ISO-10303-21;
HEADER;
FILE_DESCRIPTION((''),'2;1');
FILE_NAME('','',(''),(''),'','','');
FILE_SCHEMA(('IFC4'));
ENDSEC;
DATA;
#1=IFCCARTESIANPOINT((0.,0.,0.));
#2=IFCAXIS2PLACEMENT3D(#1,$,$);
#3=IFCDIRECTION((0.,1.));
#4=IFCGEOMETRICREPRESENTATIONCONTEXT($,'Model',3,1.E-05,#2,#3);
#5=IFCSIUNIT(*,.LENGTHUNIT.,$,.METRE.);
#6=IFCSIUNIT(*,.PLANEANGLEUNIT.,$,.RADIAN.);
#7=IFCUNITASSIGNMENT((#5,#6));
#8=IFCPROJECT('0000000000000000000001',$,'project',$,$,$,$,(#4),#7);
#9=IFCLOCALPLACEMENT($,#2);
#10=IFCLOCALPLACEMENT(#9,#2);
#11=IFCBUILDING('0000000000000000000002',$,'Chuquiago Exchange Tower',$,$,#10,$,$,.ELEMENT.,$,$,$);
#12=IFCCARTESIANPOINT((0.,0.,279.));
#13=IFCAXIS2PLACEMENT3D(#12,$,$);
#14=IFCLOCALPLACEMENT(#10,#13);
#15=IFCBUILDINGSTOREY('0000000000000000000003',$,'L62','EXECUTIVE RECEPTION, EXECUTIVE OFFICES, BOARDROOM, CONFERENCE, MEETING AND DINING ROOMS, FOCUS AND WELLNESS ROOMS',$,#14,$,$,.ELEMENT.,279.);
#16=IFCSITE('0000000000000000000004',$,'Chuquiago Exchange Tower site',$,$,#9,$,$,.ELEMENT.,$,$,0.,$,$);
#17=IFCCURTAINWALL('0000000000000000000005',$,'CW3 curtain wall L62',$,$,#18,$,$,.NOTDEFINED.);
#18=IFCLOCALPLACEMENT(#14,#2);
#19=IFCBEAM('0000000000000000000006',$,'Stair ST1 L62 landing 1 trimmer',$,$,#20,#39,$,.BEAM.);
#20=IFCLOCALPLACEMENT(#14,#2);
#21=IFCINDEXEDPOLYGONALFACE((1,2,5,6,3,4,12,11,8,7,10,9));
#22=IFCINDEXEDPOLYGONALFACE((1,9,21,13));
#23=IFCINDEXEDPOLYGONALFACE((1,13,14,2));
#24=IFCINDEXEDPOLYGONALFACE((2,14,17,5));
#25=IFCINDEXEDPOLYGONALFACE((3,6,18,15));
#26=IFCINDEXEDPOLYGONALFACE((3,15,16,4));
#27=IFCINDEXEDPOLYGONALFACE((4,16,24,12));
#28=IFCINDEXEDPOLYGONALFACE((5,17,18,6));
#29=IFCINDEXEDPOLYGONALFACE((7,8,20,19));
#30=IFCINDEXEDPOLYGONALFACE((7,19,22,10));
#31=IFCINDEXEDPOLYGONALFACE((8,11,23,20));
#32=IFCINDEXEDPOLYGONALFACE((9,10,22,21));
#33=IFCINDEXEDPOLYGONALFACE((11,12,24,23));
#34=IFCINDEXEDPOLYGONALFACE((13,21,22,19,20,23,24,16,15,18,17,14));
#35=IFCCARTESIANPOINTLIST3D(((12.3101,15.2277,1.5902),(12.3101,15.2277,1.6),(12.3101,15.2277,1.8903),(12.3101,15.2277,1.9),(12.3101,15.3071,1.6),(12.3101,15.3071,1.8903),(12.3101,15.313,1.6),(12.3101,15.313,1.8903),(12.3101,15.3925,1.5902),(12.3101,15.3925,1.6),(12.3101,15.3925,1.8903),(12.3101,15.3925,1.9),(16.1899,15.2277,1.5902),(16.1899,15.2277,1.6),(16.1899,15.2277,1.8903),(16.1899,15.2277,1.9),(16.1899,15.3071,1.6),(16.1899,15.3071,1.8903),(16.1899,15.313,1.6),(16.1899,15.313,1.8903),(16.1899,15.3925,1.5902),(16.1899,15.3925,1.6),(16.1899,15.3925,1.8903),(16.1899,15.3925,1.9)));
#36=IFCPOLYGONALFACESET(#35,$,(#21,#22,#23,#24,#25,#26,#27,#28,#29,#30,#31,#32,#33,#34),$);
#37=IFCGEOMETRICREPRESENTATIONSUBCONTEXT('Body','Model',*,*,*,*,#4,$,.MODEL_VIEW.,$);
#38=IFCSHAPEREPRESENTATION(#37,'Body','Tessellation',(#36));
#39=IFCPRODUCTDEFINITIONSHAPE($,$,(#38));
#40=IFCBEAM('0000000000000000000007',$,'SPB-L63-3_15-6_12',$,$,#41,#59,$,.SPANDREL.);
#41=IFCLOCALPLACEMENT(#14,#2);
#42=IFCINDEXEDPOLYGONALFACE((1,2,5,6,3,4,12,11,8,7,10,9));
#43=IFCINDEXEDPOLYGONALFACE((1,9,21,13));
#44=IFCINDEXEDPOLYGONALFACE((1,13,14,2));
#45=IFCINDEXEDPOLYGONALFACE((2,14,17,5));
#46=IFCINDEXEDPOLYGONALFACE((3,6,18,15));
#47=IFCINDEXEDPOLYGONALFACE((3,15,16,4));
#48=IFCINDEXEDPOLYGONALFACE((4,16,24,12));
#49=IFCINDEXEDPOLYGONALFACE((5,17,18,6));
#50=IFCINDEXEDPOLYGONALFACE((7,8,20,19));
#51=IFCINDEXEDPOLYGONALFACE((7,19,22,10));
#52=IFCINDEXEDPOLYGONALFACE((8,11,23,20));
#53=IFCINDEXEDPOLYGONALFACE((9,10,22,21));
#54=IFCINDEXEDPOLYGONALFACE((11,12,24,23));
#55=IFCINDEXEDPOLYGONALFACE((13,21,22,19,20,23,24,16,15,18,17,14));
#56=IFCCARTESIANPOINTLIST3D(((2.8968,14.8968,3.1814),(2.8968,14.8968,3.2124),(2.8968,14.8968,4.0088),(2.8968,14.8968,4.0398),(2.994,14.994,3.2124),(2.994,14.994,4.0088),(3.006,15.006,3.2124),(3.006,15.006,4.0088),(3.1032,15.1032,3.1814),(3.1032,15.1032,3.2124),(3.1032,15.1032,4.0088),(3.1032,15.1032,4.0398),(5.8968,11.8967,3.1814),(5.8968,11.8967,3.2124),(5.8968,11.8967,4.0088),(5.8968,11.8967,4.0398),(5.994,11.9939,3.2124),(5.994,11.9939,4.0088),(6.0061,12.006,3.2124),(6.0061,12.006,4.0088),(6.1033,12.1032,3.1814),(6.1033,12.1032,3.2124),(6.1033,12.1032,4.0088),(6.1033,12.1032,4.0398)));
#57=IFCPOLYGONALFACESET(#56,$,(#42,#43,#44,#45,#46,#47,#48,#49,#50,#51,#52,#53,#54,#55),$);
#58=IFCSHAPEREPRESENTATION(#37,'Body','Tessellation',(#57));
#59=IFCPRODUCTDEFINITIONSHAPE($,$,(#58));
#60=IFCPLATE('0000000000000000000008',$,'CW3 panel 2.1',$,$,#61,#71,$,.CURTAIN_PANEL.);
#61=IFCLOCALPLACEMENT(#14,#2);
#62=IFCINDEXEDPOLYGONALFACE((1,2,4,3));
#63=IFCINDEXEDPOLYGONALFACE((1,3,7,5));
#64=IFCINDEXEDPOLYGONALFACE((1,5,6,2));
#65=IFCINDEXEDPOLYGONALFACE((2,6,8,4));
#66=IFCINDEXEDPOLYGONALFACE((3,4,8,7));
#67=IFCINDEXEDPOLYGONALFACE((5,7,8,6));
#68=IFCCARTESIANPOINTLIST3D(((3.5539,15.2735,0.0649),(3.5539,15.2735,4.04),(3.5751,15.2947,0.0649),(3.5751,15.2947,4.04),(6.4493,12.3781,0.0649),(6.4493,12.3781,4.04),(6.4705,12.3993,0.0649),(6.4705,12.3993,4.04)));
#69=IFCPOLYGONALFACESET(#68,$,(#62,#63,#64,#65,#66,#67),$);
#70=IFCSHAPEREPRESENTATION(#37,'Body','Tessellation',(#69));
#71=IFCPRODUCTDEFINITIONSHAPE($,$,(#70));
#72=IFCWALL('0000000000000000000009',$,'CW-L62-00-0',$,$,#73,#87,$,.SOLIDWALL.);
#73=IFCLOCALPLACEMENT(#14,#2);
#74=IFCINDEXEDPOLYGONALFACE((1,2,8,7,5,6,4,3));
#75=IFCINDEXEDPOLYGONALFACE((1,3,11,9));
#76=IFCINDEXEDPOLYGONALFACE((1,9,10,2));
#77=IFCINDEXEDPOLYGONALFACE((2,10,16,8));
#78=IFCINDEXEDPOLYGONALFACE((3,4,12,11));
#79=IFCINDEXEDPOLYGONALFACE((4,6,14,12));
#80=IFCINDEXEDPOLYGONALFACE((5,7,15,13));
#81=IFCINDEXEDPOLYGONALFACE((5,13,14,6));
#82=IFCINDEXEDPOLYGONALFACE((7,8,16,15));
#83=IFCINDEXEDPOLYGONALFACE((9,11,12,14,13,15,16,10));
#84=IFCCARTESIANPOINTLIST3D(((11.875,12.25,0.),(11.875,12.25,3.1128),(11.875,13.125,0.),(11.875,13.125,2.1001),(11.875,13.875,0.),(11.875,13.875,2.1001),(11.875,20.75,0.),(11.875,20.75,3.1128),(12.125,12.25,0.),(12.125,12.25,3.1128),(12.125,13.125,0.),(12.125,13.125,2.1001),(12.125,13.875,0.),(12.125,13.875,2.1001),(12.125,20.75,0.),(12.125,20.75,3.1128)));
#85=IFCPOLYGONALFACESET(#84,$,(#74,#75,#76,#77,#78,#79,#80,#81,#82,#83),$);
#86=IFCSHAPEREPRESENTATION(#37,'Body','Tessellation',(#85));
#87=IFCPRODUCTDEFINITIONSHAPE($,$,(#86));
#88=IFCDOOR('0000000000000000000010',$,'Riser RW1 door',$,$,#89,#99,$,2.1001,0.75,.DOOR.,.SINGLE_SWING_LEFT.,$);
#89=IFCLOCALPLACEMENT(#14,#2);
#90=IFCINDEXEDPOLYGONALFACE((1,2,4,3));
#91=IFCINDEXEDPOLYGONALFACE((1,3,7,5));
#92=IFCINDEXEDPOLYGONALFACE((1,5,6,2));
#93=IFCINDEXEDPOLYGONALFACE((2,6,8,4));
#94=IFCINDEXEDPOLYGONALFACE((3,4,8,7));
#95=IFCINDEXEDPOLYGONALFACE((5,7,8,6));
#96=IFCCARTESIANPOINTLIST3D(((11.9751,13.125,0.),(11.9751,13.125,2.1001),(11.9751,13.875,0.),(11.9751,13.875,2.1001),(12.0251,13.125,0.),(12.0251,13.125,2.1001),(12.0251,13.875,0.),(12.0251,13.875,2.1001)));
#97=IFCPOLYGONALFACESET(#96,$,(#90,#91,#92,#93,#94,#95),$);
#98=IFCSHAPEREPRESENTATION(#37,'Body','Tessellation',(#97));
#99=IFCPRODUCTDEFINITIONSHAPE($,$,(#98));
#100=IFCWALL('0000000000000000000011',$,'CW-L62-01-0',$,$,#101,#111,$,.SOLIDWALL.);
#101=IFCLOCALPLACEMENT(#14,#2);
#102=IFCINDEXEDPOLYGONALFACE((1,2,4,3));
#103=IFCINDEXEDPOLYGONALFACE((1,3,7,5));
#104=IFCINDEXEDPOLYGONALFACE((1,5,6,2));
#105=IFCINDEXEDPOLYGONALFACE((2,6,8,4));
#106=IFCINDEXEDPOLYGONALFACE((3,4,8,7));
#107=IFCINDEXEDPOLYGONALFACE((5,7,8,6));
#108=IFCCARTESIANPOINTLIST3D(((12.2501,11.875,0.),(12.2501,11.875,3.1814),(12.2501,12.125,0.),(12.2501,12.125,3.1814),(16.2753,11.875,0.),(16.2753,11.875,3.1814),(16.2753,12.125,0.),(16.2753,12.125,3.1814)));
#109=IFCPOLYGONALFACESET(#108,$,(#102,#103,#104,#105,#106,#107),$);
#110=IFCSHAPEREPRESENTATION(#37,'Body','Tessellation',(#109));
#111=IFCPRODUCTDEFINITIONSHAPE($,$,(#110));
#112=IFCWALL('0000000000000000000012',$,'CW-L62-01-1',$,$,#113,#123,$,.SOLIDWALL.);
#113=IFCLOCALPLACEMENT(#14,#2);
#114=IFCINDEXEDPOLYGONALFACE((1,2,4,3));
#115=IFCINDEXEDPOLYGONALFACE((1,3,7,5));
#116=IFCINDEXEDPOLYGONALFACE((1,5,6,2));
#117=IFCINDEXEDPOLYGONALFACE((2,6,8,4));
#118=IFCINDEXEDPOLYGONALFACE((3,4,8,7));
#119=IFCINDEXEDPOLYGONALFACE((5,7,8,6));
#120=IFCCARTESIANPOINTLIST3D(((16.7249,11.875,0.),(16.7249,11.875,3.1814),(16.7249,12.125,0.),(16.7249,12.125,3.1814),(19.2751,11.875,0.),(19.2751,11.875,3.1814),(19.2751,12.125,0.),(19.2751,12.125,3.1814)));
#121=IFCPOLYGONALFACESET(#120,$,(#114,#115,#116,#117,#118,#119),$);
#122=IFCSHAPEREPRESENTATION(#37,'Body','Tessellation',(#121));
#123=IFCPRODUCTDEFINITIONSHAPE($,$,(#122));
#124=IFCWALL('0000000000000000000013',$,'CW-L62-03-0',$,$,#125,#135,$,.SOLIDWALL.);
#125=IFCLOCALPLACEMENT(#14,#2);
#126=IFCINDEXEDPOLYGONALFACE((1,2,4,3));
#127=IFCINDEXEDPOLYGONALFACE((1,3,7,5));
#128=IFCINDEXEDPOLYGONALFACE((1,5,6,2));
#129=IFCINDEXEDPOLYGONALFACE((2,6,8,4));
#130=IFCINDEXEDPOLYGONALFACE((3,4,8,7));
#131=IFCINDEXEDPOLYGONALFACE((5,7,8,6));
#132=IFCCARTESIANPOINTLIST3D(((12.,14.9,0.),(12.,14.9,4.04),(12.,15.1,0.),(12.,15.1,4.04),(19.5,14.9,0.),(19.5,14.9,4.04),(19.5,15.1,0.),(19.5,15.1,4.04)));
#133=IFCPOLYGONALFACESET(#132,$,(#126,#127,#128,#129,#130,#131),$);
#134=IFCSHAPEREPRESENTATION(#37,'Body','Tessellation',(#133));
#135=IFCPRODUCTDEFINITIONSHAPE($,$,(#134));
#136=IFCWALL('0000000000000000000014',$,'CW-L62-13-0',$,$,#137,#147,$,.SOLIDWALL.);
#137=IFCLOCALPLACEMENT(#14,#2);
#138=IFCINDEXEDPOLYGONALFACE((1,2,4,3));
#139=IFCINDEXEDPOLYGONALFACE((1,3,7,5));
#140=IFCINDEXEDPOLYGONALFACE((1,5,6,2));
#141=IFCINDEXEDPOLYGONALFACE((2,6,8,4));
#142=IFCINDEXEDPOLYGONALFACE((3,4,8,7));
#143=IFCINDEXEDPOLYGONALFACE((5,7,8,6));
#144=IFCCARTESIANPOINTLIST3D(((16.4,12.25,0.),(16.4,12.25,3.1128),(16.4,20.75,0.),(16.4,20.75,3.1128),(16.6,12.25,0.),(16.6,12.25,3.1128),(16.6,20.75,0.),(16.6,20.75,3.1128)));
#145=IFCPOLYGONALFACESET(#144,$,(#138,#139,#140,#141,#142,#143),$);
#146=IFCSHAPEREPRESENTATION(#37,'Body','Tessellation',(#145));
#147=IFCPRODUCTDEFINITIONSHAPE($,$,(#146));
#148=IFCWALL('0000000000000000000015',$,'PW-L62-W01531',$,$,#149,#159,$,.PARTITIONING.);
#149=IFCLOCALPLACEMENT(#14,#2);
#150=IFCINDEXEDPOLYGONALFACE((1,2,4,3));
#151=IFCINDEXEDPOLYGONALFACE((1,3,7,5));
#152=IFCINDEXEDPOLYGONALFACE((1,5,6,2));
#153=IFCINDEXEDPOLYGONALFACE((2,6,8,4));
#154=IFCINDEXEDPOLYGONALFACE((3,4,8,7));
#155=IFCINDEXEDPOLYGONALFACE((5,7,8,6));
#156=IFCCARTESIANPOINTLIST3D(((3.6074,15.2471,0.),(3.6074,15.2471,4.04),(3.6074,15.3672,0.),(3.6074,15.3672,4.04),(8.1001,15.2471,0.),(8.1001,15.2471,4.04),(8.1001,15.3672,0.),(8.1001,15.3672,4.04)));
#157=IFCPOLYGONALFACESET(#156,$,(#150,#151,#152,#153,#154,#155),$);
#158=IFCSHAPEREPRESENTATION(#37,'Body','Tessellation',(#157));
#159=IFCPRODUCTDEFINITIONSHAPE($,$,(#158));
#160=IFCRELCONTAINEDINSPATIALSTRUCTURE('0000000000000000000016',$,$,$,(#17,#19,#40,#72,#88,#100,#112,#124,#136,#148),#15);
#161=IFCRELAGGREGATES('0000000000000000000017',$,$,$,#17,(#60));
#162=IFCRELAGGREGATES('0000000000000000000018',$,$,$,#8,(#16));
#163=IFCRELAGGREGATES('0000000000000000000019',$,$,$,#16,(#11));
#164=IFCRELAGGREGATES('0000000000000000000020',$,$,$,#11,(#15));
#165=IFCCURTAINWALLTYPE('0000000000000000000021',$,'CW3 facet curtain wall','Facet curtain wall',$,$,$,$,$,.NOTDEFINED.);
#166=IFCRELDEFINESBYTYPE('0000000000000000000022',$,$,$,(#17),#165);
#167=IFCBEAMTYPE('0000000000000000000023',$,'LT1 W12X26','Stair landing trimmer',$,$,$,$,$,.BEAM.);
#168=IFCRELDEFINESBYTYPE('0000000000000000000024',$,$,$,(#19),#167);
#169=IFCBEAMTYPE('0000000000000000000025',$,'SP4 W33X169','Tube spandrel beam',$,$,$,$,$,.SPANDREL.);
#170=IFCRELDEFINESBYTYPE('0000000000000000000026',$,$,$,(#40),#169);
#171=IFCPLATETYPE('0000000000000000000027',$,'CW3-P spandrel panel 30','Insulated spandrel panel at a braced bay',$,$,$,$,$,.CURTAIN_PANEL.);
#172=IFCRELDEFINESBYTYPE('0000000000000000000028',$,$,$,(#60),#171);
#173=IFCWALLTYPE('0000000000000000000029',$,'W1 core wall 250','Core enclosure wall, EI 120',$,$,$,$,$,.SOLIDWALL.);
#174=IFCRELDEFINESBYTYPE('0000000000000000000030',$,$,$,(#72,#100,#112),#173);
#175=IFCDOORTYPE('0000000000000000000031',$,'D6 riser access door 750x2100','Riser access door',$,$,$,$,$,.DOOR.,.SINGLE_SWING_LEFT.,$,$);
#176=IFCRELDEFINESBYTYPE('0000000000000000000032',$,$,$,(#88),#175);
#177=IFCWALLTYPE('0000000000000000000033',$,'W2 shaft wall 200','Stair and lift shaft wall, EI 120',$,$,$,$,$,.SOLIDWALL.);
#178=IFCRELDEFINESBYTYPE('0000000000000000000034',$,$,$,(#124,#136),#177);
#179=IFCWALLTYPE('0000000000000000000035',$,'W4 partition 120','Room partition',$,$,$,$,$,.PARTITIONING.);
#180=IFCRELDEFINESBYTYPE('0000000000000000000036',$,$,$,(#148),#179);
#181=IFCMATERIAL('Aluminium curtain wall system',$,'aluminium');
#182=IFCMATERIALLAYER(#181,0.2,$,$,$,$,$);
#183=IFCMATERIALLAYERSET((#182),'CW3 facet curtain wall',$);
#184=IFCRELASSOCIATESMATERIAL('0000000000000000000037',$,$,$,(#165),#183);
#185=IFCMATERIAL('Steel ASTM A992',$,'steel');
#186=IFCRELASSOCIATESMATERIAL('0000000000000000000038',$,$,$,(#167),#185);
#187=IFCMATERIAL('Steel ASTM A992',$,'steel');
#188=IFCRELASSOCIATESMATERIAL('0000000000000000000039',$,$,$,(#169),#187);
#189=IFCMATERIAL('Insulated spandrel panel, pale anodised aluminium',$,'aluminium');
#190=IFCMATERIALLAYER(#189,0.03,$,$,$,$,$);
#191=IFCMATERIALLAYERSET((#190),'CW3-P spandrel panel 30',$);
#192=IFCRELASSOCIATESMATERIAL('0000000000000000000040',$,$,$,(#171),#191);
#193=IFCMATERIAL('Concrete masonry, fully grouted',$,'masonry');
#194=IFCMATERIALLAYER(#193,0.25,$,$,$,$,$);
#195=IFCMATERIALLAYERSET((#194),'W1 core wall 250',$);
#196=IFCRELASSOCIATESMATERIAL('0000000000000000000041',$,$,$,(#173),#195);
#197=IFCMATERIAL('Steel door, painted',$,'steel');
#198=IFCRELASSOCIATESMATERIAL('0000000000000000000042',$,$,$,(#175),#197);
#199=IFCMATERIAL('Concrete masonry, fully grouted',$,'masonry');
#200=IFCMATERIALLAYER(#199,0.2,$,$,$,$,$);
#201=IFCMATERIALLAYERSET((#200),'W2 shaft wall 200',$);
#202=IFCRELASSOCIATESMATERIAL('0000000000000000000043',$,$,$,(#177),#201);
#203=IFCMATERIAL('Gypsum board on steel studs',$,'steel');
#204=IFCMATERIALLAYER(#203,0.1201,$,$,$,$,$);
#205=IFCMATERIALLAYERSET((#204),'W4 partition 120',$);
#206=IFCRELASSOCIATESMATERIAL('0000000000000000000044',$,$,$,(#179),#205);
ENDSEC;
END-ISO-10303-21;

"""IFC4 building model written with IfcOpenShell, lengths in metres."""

from ifc_helpers import new_model, si_unit, direction, frame, frame_2d, origin, origin_2d, place, context, subcontext, project, spatial, rectangle, i_section, extrude, material, layer, layer_set, material_profile, profile_set, type_object, element, fill, aggregate, save


model = new_model("IFC4")

# Units and contexts
model_context = context("Model", 3, precision=1e-05, world=origin(), true_north=direction((0.0, 1.0)))
body_context = subcontext(model_context, "Body", "Model", "MODEL_VIEW")
ifc_project = project(units=[si_unit("LENGTHUNIT", "METRE"), si_unit("PLANEANGLEUNIT", "RADIAN")], contexts=[model_context])

# Site, building, storey
site_placement = place(None, origin())
site = spatial("IfcSite", under=ifc_project, at=site_placement, Name="Chuquiago Exchange Tower site", CompositionType="ELEMENT", RefElevation=0.0)
building_placement = place(site_placement, origin())
building = spatial("IfcBuilding", under=site, at=building_placement, Name="Chuquiago Exchange Tower", CompositionType="ELEMENT")
storey_placement = place(building_placement, frame((0.0, 0.0, 279.0)))
storey = spatial("IfcBuildingStorey", under=building, at=storey_placement, Name="L62", Description="EXECUTIVE RECEPTION, EXECUTIVE OFFICES, BOARDROOM, CONFERENCE, MEETING AND DINING ROOMS, FOCUS AND WELLNESS ROOMS", CompositionType="ELEMENT", Elevation=279.0)

# Curtain wall
ifc_material_1 = material(Name="Aluminium curtain wall system", Category="aluminium")
ifc_layer_1 = layer(ifc_material_1, 0.2)
ifc_layer_set_1 = layer_set([ifc_layer_1], Name="CW3 facet curtain wall")
curtain_wall_type = type_object("IfcCurtainWallType", Name="CW3 facet curtain wall", Description="Facet curtain wall", PredefinedType="NOTDEFINED", material=ifc_layer_set_1)
curtain_wall_placement = place(storey_placement, origin())
curtain_wall = element("IfcCurtainWall", 1, at=curtain_wall_placement, inside=storey, type_object=curtain_wall_type, Name="CW3 curtain wall L62", PredefinedType="NOTDEFINED")

# Beams
ifc_material_2 = material(Name="Steel ASTM A992", Category="steel")
ifc_material_profile_1 = material_profile(ifc_material_2, i_section(OverallWidth=0.1648, OverallDepth=0.3098, WebThickness=0.0059, FlangeThickness=0.0098, at=origin_2d()), Name="W12X26")
ifc_profile_set_1 = profile_set([ifc_material_profile_1], Name="Steel ASTM A992")
beam_type_1 = type_object("IfcBeamType", Name="LT1 W12X26", Description="Stair landing trimmer", PredefinedType="BEAM", material=ifc_profile_set_1)
beam_1_placement = place(storey_placement, frame((12.3101, 15.3101, 1.7451), z_axis=(1.0, 0.0, 0.0), x_axis=(0.0, 1.0, 0.0)))
element("IfcBeam", 2, at=beam_1_placement, inside=storey, type_object=beam_type_1, Name="Stair ST1 L62 landing 1 trimmer", PredefinedType="BEAM", context=body_context, shape_type="SweptSolid", body=[
    extrude(i_section(OverallWidth=0.1648, OverallDepth=0.3098, WebThickness=0.0059, FlangeThickness=0.0098, at=origin_2d()), origin(), (0.0, 0.0, 1.0), 3.8799),
])
ifc_material_3 = material(Name="Steel ASTM A992", Category="steel")
ifc_material_profile_2 = material_profile(ifc_material_3, i_section(OverallWidth=0.292, OverallDepth=0.8584, WebThickness=0.0171, FlangeThickness=0.031, at=origin_2d()), Name="W33X169")
ifc_profile_set_2 = profile_set([ifc_material_profile_2], Name="Steel ASTM A992")
beam_type_2 = type_object("IfcBeamType", Name="SP4 W33X169", Description="Tube spandrel beam", PredefinedType="SPANDREL", material=ifc_profile_set_2)
beam_2_placement = place(storey_placement, frame((3.0, 15.0, 3.6106), z_axis=(0.707107, -0.707107, 0.0), x_axis=(0.707107, 0.707107, 0.0)))
element("IfcBeam", 3, at=beam_2_placement, inside=storey, type_object=beam_type_2, Name="SPB-L63-3_15-6_12", PredefinedType="SPANDREL", context=body_context, shape_type="SweptSolid", body=[
    extrude(i_section(OverallWidth=0.292, OverallDepth=0.8584, WebThickness=0.0171, FlangeThickness=0.031, at=origin_2d()), origin(), (0.0, 0.0, 1.0), 4.2427),
])

# Plate
ifc_material_4 = material(Name="Insulated spandrel panel, pale anodised aluminium", Category="aluminium")
ifc_layer_2 = layer(ifc_material_4, 0.03)
ifc_layer_set_2 = layer_set([ifc_layer_2], Name="CW3-P spandrel panel 30")
plate_type = type_object("IfcPlateType", Name="CW3-P spandrel panel 30", Description="Insulated spandrel panel at a braced bay", PredefinedType="CURTAIN_PANEL", material=ifc_layer_set_2)
plate_placement = place(storey_placement, frame((5.0122, 13.8364, 0.0649), z_axis=(0.0, 0.0, 1.0), x_axis=(0.707107, -0.707107, 0.0)))
plate = element("IfcPlate", 4, at=plate_placement, type_object=plate_type, Name="CW3 panel 2.1", PredefinedType="CURTAIN_PANEL", context=body_context, shape_type="SweptSolid", body=[
    extrude(rectangle(XDim=4.0947, YDim=0.03, at=origin_2d()), origin(), (0.0, 0.0, 1.0), 3.9751),
])
aggregate(curtain_wall, [plate])

# Wall, opening, door
ifc_material_5 = material(Name="Concrete masonry, fully grouted", Category="masonry")
ifc_layer_3 = layer(ifc_material_5, 0.25)
ifc_layer_set_3 = layer_set([ifc_layer_3], Name="W1 core wall 250")
wall_type_1 = type_object("IfcWallType", Name="W1 core wall 250", Description="Core enclosure wall, EI 120", PredefinedType="SOLIDWALL", material=ifc_layer_set_3)
wall_1_placement = place(storey_placement, frame((12.0, 12.25, 0.0), z_axis=(0.0, 0.0, 1.0), x_axis=(0.0, 1.0, 0.0)))
wall_1 = element("IfcWall", 5, at=wall_1_placement, inside=storey, type_object=wall_type_1, Name="CW-L62-00-0", PredefinedType="SOLIDWALL", context=body_context, shape_type="SweptSolid", body=[
    extrude(rectangle(XDim=8.5, YDim=0.25, at=frame_2d((4.25, 0.0))), origin(), (0.0, 0.0, 1.0), 3.1128),
])
opening_1_placement = place(wall_1_placement, frame((0.875, 0.0, 0.0)))
opening_1 = element("IfcOpeningElement", 6, at=opening_1_placement, cuts=wall_1, PredefinedType="OPENING", context=body_context, shape_type="SweptSolid", body=[
    extrude(rectangle(XDim=0.75, YDim=2.1001, at=frame_2d((0.375, 1.05))), frame((0.0, 0.135, 0.0), z_axis=(0.0, -1.0, 0.0), x_axis=(1.0, 0.0, 0.0)), (0.0, 0.0, 1.0), 0.27),
])
ifc_material_6 = material(Name="Steel door, painted", Category="steel")
door_type_1 = type_object("IfcDoorType", Name="D6 riser access door 750x2100", Description="Riser access door", OperationType="SINGLE_SWING_LEFT", PredefinedType="DOOR", material=ifc_material_6)
door_1_placement = place(opening_1_placement, origin())
door_1 = element("IfcDoor", 7, at=door_1_placement, inside=storey, type_object=door_type_1, Name="Riser RW1 door", OperationType="SINGLE_SWING_LEFT", OverallHeight=2.1001, OverallWidth=0.75, PredefinedType="DOOR", context=body_context, shape_type="SweptSolid", body=[
    extrude(rectangle(XDim=0.75, YDim=2.1001, at=frame_2d((0.375, 1.05))), frame((0.0, 0.0249, 0.0), z_axis=(0.0, -1.0, 0.0), x_axis=(1.0, 0.0, 0.0)), (0.0, 0.0, 1.0), 0.05),
])
fill(opening_1, door_1)

# Walls
wall_2_placement = place(storey_placement, frame((12.25, 12.0, 0.0), z_axis=(0.0, 0.0, 1.0), x_axis=(1.0, 0.0, 0.0)))
element("IfcWall", 8, at=wall_2_placement, inside=storey, type_object=wall_type_1, Name="CW-L62-01-0", PredefinedType="SOLIDWALL", context=body_context, shape_type="SweptSolid", body=[
    extrude(rectangle(XDim=4.0251, YDim=0.25, at=frame_2d((2.0127, 0.0))), origin(), (0.0, 0.0, 1.0), 3.1814),
])
wall_3_placement = place(storey_placement, frame((16.7249, 12.0, 0.0), z_axis=(0.0, 0.0, 1.0), x_axis=(1.0, 0.0, 0.0)))
element("IfcWall", 9, at=wall_3_placement, inside=storey, type_object=wall_type_1, Name="CW-L62-01-1", PredefinedType="SOLIDWALL", context=body_context, shape_type="SweptSolid", body=[
    extrude(rectangle(XDim=2.5503, YDim=0.25, at=frame_2d((1.2751, 0.0))), origin(), (0.0, 0.0, 1.0), 3.1814),
])
ifc_material_7 = material(Name="Concrete masonry, fully grouted", Category="masonry")
ifc_layer_4 = layer(ifc_material_7, 0.2)
ifc_layer_set_4 = layer_set([ifc_layer_4], Name="W2 shaft wall 200")
wall_type_2 = type_object("IfcWallType", Name="W2 shaft wall 200", Description="Stair and lift shaft wall, EI 120", PredefinedType="SOLIDWALL", material=ifc_layer_set_4)
wall_4_placement = place(storey_placement, frame((12.0, 15.0, 0.0), z_axis=(0.0, 0.0, 1.0), x_axis=(1.0, 0.0, 0.0)))
element("IfcWall", 10, at=wall_4_placement, inside=storey, type_object=wall_type_2, Name="CW-L62-03-0", PredefinedType="SOLIDWALL", context=body_context, shape_type="SweptSolid", body=[
    extrude(rectangle(XDim=7.5, YDim=0.2, at=frame_2d((3.75, 0.0))), origin(), (0.0, 0.0, 1.0), 4.04),
])
wall_5_placement = place(storey_placement, frame((16.5, 12.25, 0.0), z_axis=(0.0, 0.0, 1.0), x_axis=(0.0, 1.0, 0.0)))
element("IfcWall", 11, at=wall_5_placement, inside=storey, type_object=wall_type_2, Name="CW-L62-13-0", PredefinedType="SOLIDWALL", context=body_context, shape_type="SweptSolid", body=[
    extrude(rectangle(XDim=8.5, YDim=0.2, at=frame_2d((4.25, 0.0))), origin(), (0.0, 0.0, 1.0), 3.1128),
])
ifc_material_8 = material(Name="Gypsum board on steel studs", Category="steel")
ifc_layer_5 = layer(ifc_material_8, 0.1201)
ifc_layer_set_5 = layer_set([ifc_layer_5], Name="W4 partition 120")
wall_type_3 = type_object("IfcWallType", Name="W4 partition 120", Description="Room partition", PredefinedType="PARTITIONING", material=ifc_layer_set_5)
wall_6_placement = place(storey_placement, frame((3.6074, 15.3071, 0.0), z_axis=(0.0, 0.0, 1.0), x_axis=(1.0, 0.0, 0.0)))
element("IfcWall", 12, at=wall_6_placement, inside=storey, type_object=wall_type_3, Name="PW-L62-W01531", PredefinedType="PARTITIONING", context=body_context, shape_type="SweptSolid", body=[
    extrude(rectangle(XDim=4.4927, YDim=0.1201, at=frame_2d((2.2463, 0.0))), origin(), (0.0, 0.0, 1.0), 4.04),
])

save(model, "model.ifc")
